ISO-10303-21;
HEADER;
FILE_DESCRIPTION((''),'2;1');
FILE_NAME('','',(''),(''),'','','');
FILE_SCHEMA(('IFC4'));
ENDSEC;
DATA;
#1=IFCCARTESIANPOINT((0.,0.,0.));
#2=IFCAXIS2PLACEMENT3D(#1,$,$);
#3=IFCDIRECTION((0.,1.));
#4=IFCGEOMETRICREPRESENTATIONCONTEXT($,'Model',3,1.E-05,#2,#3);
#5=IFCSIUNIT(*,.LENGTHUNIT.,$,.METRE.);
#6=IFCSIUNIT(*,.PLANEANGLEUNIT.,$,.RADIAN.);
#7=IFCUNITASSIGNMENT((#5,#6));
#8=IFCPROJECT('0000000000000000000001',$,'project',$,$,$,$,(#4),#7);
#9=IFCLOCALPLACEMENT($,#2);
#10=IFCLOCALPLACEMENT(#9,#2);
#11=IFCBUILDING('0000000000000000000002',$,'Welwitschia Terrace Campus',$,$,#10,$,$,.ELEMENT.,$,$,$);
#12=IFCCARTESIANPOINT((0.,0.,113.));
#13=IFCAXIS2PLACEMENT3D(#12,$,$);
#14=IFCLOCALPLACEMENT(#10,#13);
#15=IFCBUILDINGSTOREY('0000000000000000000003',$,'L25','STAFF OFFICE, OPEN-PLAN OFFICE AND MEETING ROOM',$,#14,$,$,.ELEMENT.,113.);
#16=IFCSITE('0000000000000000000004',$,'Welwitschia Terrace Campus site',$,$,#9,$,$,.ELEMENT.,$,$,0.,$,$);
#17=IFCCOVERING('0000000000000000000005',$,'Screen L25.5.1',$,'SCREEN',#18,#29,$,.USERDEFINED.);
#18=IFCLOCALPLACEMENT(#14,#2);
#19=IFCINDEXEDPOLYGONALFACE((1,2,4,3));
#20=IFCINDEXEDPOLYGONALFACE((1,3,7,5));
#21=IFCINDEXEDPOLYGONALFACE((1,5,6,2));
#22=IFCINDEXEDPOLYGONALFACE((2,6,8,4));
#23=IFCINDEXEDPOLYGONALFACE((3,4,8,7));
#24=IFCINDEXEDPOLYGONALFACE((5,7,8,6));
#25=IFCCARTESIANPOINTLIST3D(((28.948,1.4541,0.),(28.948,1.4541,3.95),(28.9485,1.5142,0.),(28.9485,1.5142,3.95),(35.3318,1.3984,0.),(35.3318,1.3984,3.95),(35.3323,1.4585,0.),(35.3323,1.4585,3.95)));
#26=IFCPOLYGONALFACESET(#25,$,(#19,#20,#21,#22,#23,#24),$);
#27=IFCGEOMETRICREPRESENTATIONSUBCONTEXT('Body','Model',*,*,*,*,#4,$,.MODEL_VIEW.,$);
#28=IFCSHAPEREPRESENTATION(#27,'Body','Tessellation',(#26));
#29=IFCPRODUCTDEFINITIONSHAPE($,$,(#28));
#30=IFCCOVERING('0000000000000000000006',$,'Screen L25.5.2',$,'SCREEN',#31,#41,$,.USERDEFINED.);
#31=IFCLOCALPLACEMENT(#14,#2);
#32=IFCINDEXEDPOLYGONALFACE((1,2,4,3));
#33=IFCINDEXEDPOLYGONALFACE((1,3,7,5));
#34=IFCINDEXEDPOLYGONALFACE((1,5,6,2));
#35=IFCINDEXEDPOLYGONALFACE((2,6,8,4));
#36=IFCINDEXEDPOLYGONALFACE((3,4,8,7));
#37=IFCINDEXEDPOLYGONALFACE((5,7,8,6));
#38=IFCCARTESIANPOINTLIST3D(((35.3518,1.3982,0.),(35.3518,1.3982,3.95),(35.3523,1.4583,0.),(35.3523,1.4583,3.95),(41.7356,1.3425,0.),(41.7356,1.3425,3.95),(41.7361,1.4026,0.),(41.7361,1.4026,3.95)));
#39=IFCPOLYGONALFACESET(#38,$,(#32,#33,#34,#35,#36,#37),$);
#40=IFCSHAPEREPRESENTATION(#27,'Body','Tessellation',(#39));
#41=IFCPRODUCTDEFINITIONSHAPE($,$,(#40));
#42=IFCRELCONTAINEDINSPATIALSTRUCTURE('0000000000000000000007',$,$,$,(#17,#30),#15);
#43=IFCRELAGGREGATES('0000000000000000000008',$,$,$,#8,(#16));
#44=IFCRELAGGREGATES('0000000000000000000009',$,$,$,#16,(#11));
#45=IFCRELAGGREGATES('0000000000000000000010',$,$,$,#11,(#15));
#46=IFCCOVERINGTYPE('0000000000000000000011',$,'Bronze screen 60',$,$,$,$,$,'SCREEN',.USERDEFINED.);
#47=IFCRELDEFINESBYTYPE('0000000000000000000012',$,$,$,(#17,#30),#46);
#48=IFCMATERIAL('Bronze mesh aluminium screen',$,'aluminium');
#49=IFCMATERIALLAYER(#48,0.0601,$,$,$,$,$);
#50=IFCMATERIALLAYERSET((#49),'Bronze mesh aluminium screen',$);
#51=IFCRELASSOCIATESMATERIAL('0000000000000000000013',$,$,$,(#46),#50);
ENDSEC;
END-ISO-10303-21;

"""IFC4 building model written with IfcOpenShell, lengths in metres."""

from ifc_helpers import new_model, si_unit, direction, frame, origin, origin_2d, place, context, subcontext, project, spatial, rectangle, extrude, material, layer, layer_set, type_object, element, save


model = new_model("IFC4")

# Units and contexts
model_context = context("Model", 3, precision=1e-05, world=origin(), true_north=direction((0.0, 1.0)))
body_context = subcontext(model_context, "Body", "Model", "MODEL_VIEW")
ifc_project = project(units=[si_unit("LENGTHUNIT", "METRE"), si_unit("PLANEANGLEUNIT", "RADIAN")], contexts=[model_context])

# Site, building, storey
site_placement = place(None, origin())
site = spatial("IfcSite", under=ifc_project, at=site_placement, Name="Welwitschia Terrace Campus site", CompositionType="ELEMENT", RefElevation=0.0)
building_placement = place(site_placement, origin())
building = spatial("IfcBuilding", under=site, at=building_placement, Name="Welwitschia Terrace Campus", CompositionType="ELEMENT")
storey_placement = place(building_placement, frame((0.0, 0.0, 113.0)))
storey = spatial("IfcBuildingStorey", under=building, at=storey_placement, Name="L25", Description="STAFF OFFICE, OPEN-PLAN OFFICE AND MEETING ROOM", CompositionType="ELEMENT", Elevation=113.0)

# Coverings
ifc_material_1 = material(Name="Bronze mesh aluminium screen", Category="aluminium")
ifc_layer_1 = layer(ifc_material_1, 0.0601)
ifc_layer_set_1 = layer_set([ifc_layer_1], Name="Bronze mesh aluminium screen")
covering_type = type_object("IfcCoveringType", Name="Bronze screen 60", ElementType="SCREEN", PredefinedType="USERDEFINED", material=ifc_layer_set_1)
for number, where, z_axis, x_axis, name in (
    (1, (32.1401, 1.4563, 0.0), (0.0, 0.0, 1.0), (0.999962, -0.008727, 0.0), "Screen L25.5.1"),
    (2, (38.5439, 1.4004, 0.0), (0.0, 0.0, 1.0), (0.999962, -0.008727, 0.0), "Screen L25.5.2"),
):
    element("IfcCovering", number, at=place(storey_placement, frame(where, z_axis=z_axis, x_axis=x_axis)), inside=storey, type_object=covering_type, Name=name, ObjectType="SCREEN", PredefinedType="USERDEFINED", context=body_context, shape_type="SweptSolid", body=[
        extrude(rectangle(XDim=6.384, YDim=0.0601, at=origin_2d()), origin(), (0.0, 0.0, 1.0), 3.95),
    ])

save(model, "model.ifc")
